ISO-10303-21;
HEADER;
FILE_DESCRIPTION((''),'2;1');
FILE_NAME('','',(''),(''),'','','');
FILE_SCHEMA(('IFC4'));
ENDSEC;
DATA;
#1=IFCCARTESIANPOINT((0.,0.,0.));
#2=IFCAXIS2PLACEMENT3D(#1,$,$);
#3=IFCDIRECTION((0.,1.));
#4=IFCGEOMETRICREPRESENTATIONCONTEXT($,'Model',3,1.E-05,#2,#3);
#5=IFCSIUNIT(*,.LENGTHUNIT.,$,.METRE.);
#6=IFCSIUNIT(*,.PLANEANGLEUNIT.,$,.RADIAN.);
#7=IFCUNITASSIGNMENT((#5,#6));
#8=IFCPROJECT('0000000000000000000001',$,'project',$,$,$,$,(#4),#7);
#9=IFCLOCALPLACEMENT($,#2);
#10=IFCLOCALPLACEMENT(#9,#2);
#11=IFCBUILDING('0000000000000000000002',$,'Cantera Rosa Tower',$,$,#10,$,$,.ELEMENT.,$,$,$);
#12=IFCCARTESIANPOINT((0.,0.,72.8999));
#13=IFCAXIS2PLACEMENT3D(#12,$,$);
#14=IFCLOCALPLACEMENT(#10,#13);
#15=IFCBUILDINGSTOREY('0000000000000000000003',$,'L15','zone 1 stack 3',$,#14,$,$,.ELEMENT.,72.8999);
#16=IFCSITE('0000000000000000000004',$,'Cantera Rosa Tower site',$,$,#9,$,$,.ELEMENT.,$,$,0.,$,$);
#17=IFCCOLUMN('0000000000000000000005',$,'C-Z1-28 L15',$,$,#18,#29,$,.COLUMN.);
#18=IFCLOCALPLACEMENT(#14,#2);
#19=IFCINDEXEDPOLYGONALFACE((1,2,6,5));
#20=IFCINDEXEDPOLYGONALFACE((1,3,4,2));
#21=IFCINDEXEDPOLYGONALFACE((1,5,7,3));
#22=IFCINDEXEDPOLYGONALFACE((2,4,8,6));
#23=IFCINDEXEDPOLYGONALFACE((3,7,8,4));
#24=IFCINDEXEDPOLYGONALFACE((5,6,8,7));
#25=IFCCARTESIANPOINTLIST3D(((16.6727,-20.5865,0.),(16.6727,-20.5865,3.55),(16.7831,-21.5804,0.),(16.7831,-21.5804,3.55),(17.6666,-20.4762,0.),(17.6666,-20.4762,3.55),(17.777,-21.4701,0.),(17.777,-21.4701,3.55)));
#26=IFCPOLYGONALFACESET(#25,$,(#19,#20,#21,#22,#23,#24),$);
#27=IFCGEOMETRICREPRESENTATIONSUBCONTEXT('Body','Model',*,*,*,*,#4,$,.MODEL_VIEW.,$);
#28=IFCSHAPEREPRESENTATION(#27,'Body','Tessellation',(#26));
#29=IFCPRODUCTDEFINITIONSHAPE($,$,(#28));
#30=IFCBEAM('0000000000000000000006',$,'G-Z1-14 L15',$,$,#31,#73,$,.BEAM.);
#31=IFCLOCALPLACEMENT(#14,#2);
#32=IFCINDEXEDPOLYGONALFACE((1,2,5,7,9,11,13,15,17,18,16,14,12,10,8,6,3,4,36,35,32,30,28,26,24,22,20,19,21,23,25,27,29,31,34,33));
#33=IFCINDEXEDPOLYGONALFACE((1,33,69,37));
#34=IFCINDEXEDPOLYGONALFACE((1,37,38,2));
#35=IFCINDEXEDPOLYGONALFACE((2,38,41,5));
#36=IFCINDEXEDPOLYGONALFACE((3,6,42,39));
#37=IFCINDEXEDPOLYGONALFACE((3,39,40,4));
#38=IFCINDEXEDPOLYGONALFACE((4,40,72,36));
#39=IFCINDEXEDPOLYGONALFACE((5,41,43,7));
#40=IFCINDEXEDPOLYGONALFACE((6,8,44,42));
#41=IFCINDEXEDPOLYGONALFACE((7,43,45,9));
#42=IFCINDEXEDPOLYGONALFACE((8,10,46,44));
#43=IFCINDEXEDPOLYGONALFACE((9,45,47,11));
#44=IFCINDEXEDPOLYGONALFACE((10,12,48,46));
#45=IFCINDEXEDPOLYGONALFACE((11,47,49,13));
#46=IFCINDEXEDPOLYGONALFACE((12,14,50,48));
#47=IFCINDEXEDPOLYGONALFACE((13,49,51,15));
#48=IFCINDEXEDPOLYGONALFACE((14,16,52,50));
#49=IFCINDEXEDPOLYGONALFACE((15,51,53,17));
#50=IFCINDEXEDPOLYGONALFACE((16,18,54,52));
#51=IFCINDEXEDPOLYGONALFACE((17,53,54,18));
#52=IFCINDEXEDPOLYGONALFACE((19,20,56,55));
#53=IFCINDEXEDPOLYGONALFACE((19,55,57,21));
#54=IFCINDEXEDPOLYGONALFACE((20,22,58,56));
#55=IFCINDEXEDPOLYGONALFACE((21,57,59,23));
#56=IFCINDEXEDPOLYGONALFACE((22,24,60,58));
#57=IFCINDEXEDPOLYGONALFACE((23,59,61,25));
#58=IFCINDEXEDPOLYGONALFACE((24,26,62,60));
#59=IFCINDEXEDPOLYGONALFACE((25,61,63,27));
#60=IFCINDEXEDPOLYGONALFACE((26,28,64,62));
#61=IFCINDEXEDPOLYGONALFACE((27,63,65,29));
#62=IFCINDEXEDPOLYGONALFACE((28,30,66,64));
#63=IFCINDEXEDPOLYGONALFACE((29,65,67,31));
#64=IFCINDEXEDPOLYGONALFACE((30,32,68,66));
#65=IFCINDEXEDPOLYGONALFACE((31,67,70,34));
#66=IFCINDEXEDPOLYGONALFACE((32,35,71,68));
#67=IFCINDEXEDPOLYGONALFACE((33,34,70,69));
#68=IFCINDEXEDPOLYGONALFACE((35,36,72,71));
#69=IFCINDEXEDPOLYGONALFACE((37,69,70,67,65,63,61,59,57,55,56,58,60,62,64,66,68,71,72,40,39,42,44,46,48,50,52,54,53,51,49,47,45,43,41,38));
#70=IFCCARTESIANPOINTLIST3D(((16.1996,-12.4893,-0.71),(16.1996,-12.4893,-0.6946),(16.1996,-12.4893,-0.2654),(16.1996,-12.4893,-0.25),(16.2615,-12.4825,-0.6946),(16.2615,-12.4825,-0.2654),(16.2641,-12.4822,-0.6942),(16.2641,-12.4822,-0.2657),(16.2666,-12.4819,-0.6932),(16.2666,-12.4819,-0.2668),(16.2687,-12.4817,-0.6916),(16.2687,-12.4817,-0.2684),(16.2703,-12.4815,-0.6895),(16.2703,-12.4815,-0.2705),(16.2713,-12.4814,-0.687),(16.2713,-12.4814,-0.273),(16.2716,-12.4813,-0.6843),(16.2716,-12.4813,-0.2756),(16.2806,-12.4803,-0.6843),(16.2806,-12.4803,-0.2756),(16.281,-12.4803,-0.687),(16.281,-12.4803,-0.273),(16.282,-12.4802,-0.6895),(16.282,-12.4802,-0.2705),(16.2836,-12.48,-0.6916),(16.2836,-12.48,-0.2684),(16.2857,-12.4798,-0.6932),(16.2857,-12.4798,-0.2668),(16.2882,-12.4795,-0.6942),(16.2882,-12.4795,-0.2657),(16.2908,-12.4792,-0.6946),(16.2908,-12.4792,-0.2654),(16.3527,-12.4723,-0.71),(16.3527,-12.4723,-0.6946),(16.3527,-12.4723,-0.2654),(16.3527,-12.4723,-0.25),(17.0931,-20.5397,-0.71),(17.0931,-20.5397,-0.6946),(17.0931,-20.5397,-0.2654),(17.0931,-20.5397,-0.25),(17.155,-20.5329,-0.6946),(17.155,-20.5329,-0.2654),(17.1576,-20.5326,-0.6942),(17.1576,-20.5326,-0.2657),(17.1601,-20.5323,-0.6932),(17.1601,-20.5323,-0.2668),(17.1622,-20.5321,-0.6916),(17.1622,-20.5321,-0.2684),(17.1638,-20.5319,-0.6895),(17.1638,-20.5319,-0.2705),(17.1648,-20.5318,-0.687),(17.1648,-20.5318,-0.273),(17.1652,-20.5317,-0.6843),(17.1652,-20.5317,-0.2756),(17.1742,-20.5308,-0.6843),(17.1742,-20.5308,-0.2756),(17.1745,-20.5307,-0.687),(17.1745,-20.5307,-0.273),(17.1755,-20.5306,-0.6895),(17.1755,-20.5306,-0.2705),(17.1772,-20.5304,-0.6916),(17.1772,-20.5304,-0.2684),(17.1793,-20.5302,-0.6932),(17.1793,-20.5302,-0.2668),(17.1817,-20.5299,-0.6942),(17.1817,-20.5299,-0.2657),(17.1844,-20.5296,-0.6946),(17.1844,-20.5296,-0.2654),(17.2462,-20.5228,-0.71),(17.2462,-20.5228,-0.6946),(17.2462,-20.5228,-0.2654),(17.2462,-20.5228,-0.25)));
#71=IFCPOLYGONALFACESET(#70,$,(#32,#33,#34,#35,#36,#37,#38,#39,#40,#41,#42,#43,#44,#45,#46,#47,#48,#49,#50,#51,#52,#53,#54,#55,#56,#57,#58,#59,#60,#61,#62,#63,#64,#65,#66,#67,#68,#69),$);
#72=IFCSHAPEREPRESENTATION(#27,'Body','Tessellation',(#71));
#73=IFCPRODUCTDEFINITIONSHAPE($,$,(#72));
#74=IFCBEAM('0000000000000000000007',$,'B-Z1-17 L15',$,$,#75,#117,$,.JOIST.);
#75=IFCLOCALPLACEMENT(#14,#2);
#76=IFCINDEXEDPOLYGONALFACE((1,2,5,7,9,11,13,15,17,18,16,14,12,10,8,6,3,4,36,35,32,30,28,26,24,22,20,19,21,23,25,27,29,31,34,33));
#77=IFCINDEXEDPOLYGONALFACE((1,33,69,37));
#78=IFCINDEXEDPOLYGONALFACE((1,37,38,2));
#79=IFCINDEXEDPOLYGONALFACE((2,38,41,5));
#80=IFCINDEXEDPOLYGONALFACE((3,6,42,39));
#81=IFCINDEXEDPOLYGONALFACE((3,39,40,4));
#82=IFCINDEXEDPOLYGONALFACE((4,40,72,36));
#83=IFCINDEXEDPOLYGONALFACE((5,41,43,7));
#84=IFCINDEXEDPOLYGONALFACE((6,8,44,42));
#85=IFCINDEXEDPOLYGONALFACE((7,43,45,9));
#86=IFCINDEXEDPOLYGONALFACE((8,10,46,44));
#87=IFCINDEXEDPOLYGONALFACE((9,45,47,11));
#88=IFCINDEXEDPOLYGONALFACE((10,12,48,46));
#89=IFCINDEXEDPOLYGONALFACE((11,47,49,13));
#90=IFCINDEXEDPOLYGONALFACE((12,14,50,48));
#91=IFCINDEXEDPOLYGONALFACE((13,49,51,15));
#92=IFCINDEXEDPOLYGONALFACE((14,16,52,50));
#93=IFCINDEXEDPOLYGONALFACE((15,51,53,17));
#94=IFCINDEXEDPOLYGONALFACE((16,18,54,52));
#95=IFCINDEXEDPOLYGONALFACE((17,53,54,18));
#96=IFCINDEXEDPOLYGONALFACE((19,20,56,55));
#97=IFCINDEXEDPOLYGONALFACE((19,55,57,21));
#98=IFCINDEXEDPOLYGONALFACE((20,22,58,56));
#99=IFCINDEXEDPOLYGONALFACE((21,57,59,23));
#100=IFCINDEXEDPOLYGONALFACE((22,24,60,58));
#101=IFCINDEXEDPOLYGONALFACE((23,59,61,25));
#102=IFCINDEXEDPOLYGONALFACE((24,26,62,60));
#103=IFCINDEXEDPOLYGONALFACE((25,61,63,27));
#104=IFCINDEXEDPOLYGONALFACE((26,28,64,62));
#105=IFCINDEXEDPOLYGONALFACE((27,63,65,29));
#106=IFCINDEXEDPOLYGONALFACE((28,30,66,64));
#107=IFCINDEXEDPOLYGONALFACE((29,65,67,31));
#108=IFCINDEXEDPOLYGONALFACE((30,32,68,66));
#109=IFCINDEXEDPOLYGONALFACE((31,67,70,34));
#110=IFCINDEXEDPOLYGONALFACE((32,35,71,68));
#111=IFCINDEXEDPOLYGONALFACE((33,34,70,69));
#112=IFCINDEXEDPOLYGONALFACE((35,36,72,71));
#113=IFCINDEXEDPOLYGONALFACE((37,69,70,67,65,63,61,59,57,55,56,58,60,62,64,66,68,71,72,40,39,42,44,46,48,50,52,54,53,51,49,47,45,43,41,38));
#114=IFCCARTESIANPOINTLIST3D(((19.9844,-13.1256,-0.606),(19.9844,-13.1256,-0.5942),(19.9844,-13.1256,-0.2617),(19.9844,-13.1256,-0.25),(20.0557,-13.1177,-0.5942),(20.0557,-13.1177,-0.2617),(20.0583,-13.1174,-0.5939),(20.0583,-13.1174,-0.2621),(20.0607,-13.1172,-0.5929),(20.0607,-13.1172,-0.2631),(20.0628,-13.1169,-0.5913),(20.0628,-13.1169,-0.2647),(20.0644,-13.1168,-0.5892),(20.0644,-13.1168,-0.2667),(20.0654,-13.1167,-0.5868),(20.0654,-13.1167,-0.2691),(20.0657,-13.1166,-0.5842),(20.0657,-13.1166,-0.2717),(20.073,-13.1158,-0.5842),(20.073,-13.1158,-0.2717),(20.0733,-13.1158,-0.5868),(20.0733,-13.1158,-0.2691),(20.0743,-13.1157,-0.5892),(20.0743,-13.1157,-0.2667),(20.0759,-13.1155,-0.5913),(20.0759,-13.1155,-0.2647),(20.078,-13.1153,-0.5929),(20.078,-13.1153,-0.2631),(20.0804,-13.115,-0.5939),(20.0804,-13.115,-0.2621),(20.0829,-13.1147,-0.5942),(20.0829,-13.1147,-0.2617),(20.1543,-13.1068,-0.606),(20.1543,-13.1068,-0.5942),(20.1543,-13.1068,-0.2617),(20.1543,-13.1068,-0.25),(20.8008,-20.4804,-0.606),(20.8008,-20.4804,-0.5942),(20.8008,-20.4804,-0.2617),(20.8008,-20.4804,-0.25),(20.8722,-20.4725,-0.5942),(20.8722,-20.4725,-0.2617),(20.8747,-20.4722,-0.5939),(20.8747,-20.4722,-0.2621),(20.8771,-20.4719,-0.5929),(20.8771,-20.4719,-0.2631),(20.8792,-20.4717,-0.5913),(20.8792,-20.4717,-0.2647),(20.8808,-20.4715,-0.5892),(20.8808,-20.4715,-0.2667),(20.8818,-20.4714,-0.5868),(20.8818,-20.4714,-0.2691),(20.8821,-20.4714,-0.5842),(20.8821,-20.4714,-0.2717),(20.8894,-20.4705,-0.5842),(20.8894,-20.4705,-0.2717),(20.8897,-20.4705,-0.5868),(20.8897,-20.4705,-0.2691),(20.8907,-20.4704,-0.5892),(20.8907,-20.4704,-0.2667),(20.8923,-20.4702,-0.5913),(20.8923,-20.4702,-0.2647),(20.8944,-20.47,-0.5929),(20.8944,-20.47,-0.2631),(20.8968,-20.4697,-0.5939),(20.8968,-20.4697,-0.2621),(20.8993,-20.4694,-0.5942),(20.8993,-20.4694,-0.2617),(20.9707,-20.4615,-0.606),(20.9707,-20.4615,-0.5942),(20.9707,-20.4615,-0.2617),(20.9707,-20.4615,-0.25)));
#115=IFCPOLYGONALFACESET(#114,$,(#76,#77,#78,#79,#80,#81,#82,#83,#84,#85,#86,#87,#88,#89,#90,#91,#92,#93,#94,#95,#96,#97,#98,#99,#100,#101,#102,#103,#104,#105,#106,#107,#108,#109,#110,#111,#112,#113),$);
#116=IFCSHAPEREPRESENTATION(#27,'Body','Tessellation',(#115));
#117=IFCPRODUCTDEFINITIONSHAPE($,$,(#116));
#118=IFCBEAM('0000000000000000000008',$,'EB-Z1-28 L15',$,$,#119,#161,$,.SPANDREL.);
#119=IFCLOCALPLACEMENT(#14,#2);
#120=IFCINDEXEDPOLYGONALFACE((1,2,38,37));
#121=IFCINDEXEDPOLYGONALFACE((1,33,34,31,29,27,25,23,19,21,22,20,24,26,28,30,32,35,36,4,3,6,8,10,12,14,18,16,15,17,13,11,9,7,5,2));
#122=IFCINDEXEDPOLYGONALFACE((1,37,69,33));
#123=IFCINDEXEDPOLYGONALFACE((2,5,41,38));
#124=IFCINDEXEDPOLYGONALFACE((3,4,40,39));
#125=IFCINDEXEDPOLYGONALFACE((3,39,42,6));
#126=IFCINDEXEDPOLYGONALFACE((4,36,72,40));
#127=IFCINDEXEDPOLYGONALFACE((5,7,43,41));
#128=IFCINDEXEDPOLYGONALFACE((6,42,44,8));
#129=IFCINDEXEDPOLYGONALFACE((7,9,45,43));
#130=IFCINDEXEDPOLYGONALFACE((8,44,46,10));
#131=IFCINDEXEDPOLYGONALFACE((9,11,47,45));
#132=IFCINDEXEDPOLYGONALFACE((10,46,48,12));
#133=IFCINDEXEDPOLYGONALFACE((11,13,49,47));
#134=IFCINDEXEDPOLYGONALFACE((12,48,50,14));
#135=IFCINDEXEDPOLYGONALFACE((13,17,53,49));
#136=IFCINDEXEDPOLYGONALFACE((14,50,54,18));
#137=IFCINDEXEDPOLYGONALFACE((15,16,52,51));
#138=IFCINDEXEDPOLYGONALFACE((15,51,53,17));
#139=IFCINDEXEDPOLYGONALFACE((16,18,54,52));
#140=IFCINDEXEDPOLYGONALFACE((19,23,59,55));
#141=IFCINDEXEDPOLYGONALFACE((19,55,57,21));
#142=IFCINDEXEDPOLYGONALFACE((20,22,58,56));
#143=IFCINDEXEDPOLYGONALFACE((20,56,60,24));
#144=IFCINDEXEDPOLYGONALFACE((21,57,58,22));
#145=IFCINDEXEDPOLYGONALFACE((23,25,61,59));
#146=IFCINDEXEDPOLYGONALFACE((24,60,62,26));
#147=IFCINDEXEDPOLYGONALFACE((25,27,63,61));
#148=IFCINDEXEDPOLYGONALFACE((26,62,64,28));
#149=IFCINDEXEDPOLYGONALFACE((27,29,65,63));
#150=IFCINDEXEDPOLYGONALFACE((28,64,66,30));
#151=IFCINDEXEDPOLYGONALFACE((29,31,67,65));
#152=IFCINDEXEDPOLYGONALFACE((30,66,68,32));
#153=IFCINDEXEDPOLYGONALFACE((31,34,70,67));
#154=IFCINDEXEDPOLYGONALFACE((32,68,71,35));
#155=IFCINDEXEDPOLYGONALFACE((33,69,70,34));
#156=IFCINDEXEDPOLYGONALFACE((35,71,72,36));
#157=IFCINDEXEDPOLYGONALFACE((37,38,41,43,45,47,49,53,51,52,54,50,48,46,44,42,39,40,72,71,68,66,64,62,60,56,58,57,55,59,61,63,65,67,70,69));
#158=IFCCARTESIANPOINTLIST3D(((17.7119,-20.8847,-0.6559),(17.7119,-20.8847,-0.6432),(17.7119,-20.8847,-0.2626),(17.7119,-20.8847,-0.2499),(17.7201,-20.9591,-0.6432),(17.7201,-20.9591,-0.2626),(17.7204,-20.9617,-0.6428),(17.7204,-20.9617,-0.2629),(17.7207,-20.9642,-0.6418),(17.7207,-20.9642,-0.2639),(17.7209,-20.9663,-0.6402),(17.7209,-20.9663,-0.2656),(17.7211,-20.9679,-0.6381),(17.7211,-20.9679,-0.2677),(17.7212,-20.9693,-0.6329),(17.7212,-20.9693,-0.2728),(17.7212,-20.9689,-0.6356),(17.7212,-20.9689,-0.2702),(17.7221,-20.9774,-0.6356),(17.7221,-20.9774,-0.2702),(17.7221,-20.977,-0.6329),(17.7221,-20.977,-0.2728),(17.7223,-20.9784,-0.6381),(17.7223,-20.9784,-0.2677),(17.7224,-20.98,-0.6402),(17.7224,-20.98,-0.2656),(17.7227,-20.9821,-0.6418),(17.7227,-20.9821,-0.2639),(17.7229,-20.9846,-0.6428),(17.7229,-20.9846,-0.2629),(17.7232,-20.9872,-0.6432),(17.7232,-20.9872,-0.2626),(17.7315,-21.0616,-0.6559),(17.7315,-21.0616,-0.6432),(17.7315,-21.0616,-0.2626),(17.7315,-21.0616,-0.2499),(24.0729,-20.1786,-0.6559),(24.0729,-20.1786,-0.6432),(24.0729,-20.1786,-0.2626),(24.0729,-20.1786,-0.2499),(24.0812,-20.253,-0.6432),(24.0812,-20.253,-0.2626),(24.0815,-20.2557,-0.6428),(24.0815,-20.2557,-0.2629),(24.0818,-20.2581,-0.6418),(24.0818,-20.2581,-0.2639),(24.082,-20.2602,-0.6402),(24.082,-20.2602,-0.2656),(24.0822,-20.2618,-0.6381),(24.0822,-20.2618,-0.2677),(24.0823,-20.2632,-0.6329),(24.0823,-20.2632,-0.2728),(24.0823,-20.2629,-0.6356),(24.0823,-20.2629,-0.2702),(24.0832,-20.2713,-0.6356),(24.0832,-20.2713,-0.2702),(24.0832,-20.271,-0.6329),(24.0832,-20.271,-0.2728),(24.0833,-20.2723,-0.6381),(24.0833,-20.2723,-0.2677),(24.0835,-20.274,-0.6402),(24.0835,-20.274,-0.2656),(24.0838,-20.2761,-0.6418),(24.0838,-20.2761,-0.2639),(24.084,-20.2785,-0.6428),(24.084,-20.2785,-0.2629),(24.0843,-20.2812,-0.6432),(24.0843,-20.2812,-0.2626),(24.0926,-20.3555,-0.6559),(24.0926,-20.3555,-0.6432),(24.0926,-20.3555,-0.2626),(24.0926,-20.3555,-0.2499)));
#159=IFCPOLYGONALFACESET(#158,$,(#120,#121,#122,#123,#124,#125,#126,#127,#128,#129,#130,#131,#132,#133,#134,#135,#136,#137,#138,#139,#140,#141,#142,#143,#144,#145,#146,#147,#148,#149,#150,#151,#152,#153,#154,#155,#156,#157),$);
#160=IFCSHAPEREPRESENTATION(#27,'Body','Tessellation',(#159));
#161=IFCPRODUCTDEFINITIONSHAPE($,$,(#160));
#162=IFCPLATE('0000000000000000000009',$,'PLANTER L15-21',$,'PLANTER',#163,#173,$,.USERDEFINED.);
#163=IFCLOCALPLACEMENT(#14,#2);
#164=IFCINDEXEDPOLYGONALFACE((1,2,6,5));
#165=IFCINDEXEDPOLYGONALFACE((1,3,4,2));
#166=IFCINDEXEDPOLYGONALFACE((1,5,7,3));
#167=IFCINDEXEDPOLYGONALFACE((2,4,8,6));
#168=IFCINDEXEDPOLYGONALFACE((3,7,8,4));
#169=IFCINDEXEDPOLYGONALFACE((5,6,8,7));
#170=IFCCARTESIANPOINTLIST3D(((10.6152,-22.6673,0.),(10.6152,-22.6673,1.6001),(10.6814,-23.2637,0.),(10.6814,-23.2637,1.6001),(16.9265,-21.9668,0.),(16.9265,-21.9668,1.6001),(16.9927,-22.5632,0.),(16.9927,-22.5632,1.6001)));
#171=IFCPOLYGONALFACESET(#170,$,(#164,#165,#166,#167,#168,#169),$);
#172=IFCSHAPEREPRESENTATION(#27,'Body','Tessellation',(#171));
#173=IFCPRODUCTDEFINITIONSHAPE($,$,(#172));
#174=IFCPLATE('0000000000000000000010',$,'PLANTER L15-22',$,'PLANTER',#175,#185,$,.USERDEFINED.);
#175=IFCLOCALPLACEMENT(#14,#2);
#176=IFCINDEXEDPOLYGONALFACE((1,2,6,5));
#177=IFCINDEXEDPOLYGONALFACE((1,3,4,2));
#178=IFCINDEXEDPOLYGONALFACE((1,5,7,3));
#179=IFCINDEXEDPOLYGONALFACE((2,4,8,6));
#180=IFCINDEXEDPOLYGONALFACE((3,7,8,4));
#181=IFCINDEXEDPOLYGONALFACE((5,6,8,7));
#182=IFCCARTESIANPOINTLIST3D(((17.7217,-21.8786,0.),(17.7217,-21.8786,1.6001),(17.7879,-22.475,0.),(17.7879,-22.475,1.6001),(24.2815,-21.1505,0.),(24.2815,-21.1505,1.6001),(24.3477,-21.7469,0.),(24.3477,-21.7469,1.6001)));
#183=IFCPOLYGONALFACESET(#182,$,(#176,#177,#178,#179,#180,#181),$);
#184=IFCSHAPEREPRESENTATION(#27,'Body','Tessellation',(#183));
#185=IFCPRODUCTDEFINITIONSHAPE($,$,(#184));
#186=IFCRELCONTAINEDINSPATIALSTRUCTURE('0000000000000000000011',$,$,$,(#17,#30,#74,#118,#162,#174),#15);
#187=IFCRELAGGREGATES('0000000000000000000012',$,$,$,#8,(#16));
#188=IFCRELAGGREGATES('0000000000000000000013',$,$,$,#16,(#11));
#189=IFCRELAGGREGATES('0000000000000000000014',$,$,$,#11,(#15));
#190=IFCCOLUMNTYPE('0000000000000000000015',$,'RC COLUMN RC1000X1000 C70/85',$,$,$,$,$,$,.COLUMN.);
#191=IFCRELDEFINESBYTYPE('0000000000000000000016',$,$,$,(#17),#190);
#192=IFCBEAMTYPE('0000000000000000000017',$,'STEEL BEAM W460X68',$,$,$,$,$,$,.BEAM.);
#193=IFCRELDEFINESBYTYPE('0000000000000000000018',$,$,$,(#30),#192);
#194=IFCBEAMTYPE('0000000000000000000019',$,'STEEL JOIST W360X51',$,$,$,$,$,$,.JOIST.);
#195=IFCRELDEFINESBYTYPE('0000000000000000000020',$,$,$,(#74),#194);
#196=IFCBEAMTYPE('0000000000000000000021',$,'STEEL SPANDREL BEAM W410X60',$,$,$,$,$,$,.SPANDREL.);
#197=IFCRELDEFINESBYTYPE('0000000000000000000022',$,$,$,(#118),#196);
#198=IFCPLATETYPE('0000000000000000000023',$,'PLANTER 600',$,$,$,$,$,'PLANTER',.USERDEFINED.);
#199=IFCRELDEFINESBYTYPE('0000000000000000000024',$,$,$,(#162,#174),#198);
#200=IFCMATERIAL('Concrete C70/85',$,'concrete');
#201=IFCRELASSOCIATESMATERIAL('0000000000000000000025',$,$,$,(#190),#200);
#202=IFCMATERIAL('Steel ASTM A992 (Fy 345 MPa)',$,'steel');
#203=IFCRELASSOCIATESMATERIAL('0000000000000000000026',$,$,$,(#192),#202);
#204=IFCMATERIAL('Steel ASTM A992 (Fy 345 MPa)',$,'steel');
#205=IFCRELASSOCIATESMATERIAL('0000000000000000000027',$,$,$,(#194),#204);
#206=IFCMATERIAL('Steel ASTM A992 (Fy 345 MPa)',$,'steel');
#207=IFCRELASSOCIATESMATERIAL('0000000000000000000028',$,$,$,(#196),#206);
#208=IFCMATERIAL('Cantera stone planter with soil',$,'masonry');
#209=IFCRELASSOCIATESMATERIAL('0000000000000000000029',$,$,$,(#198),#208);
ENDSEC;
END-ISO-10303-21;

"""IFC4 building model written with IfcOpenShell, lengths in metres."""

from ifc_helpers import new_model, si_unit, direction, frame, origin, origin_2d, place, context, subcontext, project, spatial, rectangle, i_section, extrude, material, material_profile, profile_set, type_object, element, save


model = new_model("IFC4")

# Units and contexts
model_context = context("Model", 3, precision=1e-05, world=origin(), true_north=direction((0.0, 1.0)))
body_context = subcontext(model_context, "Body", "Model", "MODEL_VIEW")
ifc_project = project(units=[si_unit("LENGTHUNIT", "METRE"), si_unit("PLANEANGLEUNIT", "RADIAN")], contexts=[model_context])

# Site, building, storey
site_placement = place(None, origin())
site = spatial("IfcSite", under=ifc_project, at=site_placement, Name="Cantera Rosa Tower site", CompositionType="ELEMENT", RefElevation=0.0)
building_placement = place(site_placement, origin())
building = spatial("IfcBuilding", under=site, at=building_placement, Name="Cantera Rosa Tower", CompositionType="ELEMENT")
storey_placement = place(building_placement, frame((0.0, 0.0, 72.8999)))
storey = spatial("IfcBuildingStorey", under=building, at=storey_placement, Name="L15", Description="zone 1 stack 3", CompositionType="ELEMENT", Elevation=72.8999)

# Column
ifc_material_1 = material(Name="Concrete C70/85", Category="concrete")
ifc_material_profile_1 = material_profile(ifc_material_1, rectangle(XDim=1.0, YDim=1.0, at=origin_2d()), Name="RC COLUMN RC1000X1000 C70/85")
ifc_profile_set_1 = profile_set([ifc_material_profile_1], Name="Concrete C70/85")
column_type = type_object("IfcColumnType", Name="RC COLUMN RC1000X1000 C70/85", PredefinedType="COLUMN", material=ifc_profile_set_1)
column_placement = place(storey_placement, frame((17.2249, -21.0283, 0.0), z_axis=(0.0, 0.0, 1.0), x_axis=(0.993897, 0.110313, 0.0)))
element("IfcColumn", 1, at=column_placement, inside=storey, type_object=column_type, Name="C-Z1-28 L15", PredefinedType="COLUMN", context=body_context, shape_type="SweptSolid", body=[
    extrude(rectangle(XDim=1.0, YDim=1.0, at=origin_2d()), origin(), (0.0, 0.0, 1.0), 3.55),
])

# Beams
ifc_material_2 = material(Name="Steel ASTM A992 (Fy 345 MPa)", Category="steel")
ifc_material_profile_2 = material_profile(ifc_material_2, i_section(OverallWidth=0.1541, OverallDepth=0.46, WebThickness=0.009, FlangeThickness=0.0154, FilletRadius=0.0103, at=origin_2d()), Name="W460X68")
ifc_profile_set_2 = profile_set([ifc_material_profile_2], Name="Steel ASTM A992 (Fy 345 MPa)")
beam_type_1 = type_object("IfcBeamType", Name="STEEL BEAM W460X68", PredefinedType="BEAM", material=ifc_profile_set_2)
beam_1_placement = place(storey_placement, frame((17.1697, -20.5312, -0.48), z_axis=(-0.110316, 0.993897, 0.0), x_axis=(-0.993897, -0.110316, 0.0)))
element("IfcBeam", 2, at=beam_1_placement, inside=storey, type_object=beam_type_1, Name="G-Z1-14 L15", PredefinedType="BEAM", context=body_context, shape_type="SweptSolid", body=[
    extrude(i_section(OverallWidth=0.1541, OverallDepth=0.46, WebThickness=0.009, FlangeThickness=0.0154, FilletRadius=0.0103, at=origin_2d()), origin(), (0.0, 0.0, 1.0), 8.0999),
])
ifc_material_3 = material(Name="Steel ASTM A992 (Fy 345 MPa)", Category="steel")
ifc_material_profile_3 = material_profile(ifc_material_3, i_section(OverallWidth=0.1709, OverallDepth=0.356, WebThickness=0.0073, FlangeThickness=0.0117, FilletRadius=0.01, at=origin_2d()), Name="W360X51")
ifc_profile_set_3 = profile_set([ifc_material_profile_3], Name="Steel ASTM A992 (Fy 345 MPa)")
beam_type_2 = type_object("IfcBeamType", Name="STEEL JOIST W360X51", PredefinedType="JOIST", material=ifc_profile_set_3)
beam_2_placement = place(storey_placement, frame((20.8857, -20.4709, -0.428), z_axis=(-0.110327, 0.993895, 0.0), x_axis=(-0.993895, -0.110327, 0.0)))
element("IfcBeam", 3, at=beam_2_placement, inside=storey, type_object=beam_type_2, Name="B-Z1-17 L15", PredefinedType="JOIST", context=body_context, shape_type="SweptSolid", body=[
    extrude(i_section(OverallWidth=0.1709, OverallDepth=0.356, WebThickness=0.0073, FlangeThickness=0.0117, FilletRadius=0.01, at=origin_2d()), origin(), (0.0, 0.0, 1.0), 7.3999),
])
ifc_material_4 = material(Name="Steel ASTM A992 (Fy 345 MPa)", Category="steel")
ifc_material_profile_4 = material_profile(ifc_material_4, i_section(OverallWidth=0.178, OverallDepth=0.406, WebThickness=0.0078, FlangeThickness=0.0127, FilletRadius=0.0103, at=origin_2d()), Name="W410X60")
ifc_profile_set_4 = profile_set([ifc_material_profile_4], Name="Steel ASTM A992 (Fy 345 MPa)")
beam_type_3 = type_object("IfcBeamType", Name="STEEL SPANDREL BEAM W410X60", PredefinedType="SPANDREL", material=ifc_profile_set_4)
beam_3_placement = place(storey_placement, frame((17.7217, -20.9731, -0.4529), z_axis=(0.993896, 0.110318, 0.0), x_axis=(-0.110318, 0.993896, 0.0)))
element("IfcBeam", 4, at=beam_3_placement, inside=storey, type_object=beam_type_3, Name="EB-Z1-28 L15", PredefinedType="SPANDREL", context=body_context, shape_type="SweptSolid", body=[
    extrude(i_section(OverallWidth=0.178, OverallDepth=0.406, WebThickness=0.0078, FlangeThickness=0.0127, FilletRadius=0.0103, at=origin_2d()), origin(), (0.0, 0.0, 1.0), 6.4001),
])

# Plates
ifc_material_5 = material(Name="Cantera stone planter with soil", Category="masonry")
plate_type = type_object("IfcPlateType", Name="PLANTER 600", ElementType="PLANTER", PredefinedType="USERDEFINED", material=ifc_material_5)
plate_1_placement = place(storey_placement, frame((13.804, -22.6152, 0.0), z_axis=(0.0, 0.0, 1.0), x_axis=(0.993897, 0.110313, 0.0)))
element("IfcPlate", 5, at=plate_1_placement, inside=storey, type_object=plate_type, Name="PLANTER L15-21", ObjectType="PLANTER", PredefinedType="USERDEFINED", context=body_context, shape_type="SweptSolid", body=[
    extrude(rectangle(XDim=6.3501, YDim=0.6001, at=origin_2d()), origin(), (0.0, 0.0, 1.0), 1.6001),
])
plate_2_placement = place(storey_placement, frame((21.0347, -21.8127, 0.0), z_axis=(0.0, 0.0, 1.0), x_axis=(0.993897, 0.110313, 0.0)))
element("IfcPlate", 6, at=plate_2_placement, inside=storey, type_object=plate_type, Name="PLANTER L15-22", ObjectType="PLANTER", PredefinedType="USERDEFINED", context=body_context, shape_type="SweptSolid", body=[
    extrude(rectangle(XDim=6.6001, YDim=0.6001, at=origin_2d()), origin(), (0.0, 0.0, 1.0), 1.6001),
])

save(model, "model.ifc")
